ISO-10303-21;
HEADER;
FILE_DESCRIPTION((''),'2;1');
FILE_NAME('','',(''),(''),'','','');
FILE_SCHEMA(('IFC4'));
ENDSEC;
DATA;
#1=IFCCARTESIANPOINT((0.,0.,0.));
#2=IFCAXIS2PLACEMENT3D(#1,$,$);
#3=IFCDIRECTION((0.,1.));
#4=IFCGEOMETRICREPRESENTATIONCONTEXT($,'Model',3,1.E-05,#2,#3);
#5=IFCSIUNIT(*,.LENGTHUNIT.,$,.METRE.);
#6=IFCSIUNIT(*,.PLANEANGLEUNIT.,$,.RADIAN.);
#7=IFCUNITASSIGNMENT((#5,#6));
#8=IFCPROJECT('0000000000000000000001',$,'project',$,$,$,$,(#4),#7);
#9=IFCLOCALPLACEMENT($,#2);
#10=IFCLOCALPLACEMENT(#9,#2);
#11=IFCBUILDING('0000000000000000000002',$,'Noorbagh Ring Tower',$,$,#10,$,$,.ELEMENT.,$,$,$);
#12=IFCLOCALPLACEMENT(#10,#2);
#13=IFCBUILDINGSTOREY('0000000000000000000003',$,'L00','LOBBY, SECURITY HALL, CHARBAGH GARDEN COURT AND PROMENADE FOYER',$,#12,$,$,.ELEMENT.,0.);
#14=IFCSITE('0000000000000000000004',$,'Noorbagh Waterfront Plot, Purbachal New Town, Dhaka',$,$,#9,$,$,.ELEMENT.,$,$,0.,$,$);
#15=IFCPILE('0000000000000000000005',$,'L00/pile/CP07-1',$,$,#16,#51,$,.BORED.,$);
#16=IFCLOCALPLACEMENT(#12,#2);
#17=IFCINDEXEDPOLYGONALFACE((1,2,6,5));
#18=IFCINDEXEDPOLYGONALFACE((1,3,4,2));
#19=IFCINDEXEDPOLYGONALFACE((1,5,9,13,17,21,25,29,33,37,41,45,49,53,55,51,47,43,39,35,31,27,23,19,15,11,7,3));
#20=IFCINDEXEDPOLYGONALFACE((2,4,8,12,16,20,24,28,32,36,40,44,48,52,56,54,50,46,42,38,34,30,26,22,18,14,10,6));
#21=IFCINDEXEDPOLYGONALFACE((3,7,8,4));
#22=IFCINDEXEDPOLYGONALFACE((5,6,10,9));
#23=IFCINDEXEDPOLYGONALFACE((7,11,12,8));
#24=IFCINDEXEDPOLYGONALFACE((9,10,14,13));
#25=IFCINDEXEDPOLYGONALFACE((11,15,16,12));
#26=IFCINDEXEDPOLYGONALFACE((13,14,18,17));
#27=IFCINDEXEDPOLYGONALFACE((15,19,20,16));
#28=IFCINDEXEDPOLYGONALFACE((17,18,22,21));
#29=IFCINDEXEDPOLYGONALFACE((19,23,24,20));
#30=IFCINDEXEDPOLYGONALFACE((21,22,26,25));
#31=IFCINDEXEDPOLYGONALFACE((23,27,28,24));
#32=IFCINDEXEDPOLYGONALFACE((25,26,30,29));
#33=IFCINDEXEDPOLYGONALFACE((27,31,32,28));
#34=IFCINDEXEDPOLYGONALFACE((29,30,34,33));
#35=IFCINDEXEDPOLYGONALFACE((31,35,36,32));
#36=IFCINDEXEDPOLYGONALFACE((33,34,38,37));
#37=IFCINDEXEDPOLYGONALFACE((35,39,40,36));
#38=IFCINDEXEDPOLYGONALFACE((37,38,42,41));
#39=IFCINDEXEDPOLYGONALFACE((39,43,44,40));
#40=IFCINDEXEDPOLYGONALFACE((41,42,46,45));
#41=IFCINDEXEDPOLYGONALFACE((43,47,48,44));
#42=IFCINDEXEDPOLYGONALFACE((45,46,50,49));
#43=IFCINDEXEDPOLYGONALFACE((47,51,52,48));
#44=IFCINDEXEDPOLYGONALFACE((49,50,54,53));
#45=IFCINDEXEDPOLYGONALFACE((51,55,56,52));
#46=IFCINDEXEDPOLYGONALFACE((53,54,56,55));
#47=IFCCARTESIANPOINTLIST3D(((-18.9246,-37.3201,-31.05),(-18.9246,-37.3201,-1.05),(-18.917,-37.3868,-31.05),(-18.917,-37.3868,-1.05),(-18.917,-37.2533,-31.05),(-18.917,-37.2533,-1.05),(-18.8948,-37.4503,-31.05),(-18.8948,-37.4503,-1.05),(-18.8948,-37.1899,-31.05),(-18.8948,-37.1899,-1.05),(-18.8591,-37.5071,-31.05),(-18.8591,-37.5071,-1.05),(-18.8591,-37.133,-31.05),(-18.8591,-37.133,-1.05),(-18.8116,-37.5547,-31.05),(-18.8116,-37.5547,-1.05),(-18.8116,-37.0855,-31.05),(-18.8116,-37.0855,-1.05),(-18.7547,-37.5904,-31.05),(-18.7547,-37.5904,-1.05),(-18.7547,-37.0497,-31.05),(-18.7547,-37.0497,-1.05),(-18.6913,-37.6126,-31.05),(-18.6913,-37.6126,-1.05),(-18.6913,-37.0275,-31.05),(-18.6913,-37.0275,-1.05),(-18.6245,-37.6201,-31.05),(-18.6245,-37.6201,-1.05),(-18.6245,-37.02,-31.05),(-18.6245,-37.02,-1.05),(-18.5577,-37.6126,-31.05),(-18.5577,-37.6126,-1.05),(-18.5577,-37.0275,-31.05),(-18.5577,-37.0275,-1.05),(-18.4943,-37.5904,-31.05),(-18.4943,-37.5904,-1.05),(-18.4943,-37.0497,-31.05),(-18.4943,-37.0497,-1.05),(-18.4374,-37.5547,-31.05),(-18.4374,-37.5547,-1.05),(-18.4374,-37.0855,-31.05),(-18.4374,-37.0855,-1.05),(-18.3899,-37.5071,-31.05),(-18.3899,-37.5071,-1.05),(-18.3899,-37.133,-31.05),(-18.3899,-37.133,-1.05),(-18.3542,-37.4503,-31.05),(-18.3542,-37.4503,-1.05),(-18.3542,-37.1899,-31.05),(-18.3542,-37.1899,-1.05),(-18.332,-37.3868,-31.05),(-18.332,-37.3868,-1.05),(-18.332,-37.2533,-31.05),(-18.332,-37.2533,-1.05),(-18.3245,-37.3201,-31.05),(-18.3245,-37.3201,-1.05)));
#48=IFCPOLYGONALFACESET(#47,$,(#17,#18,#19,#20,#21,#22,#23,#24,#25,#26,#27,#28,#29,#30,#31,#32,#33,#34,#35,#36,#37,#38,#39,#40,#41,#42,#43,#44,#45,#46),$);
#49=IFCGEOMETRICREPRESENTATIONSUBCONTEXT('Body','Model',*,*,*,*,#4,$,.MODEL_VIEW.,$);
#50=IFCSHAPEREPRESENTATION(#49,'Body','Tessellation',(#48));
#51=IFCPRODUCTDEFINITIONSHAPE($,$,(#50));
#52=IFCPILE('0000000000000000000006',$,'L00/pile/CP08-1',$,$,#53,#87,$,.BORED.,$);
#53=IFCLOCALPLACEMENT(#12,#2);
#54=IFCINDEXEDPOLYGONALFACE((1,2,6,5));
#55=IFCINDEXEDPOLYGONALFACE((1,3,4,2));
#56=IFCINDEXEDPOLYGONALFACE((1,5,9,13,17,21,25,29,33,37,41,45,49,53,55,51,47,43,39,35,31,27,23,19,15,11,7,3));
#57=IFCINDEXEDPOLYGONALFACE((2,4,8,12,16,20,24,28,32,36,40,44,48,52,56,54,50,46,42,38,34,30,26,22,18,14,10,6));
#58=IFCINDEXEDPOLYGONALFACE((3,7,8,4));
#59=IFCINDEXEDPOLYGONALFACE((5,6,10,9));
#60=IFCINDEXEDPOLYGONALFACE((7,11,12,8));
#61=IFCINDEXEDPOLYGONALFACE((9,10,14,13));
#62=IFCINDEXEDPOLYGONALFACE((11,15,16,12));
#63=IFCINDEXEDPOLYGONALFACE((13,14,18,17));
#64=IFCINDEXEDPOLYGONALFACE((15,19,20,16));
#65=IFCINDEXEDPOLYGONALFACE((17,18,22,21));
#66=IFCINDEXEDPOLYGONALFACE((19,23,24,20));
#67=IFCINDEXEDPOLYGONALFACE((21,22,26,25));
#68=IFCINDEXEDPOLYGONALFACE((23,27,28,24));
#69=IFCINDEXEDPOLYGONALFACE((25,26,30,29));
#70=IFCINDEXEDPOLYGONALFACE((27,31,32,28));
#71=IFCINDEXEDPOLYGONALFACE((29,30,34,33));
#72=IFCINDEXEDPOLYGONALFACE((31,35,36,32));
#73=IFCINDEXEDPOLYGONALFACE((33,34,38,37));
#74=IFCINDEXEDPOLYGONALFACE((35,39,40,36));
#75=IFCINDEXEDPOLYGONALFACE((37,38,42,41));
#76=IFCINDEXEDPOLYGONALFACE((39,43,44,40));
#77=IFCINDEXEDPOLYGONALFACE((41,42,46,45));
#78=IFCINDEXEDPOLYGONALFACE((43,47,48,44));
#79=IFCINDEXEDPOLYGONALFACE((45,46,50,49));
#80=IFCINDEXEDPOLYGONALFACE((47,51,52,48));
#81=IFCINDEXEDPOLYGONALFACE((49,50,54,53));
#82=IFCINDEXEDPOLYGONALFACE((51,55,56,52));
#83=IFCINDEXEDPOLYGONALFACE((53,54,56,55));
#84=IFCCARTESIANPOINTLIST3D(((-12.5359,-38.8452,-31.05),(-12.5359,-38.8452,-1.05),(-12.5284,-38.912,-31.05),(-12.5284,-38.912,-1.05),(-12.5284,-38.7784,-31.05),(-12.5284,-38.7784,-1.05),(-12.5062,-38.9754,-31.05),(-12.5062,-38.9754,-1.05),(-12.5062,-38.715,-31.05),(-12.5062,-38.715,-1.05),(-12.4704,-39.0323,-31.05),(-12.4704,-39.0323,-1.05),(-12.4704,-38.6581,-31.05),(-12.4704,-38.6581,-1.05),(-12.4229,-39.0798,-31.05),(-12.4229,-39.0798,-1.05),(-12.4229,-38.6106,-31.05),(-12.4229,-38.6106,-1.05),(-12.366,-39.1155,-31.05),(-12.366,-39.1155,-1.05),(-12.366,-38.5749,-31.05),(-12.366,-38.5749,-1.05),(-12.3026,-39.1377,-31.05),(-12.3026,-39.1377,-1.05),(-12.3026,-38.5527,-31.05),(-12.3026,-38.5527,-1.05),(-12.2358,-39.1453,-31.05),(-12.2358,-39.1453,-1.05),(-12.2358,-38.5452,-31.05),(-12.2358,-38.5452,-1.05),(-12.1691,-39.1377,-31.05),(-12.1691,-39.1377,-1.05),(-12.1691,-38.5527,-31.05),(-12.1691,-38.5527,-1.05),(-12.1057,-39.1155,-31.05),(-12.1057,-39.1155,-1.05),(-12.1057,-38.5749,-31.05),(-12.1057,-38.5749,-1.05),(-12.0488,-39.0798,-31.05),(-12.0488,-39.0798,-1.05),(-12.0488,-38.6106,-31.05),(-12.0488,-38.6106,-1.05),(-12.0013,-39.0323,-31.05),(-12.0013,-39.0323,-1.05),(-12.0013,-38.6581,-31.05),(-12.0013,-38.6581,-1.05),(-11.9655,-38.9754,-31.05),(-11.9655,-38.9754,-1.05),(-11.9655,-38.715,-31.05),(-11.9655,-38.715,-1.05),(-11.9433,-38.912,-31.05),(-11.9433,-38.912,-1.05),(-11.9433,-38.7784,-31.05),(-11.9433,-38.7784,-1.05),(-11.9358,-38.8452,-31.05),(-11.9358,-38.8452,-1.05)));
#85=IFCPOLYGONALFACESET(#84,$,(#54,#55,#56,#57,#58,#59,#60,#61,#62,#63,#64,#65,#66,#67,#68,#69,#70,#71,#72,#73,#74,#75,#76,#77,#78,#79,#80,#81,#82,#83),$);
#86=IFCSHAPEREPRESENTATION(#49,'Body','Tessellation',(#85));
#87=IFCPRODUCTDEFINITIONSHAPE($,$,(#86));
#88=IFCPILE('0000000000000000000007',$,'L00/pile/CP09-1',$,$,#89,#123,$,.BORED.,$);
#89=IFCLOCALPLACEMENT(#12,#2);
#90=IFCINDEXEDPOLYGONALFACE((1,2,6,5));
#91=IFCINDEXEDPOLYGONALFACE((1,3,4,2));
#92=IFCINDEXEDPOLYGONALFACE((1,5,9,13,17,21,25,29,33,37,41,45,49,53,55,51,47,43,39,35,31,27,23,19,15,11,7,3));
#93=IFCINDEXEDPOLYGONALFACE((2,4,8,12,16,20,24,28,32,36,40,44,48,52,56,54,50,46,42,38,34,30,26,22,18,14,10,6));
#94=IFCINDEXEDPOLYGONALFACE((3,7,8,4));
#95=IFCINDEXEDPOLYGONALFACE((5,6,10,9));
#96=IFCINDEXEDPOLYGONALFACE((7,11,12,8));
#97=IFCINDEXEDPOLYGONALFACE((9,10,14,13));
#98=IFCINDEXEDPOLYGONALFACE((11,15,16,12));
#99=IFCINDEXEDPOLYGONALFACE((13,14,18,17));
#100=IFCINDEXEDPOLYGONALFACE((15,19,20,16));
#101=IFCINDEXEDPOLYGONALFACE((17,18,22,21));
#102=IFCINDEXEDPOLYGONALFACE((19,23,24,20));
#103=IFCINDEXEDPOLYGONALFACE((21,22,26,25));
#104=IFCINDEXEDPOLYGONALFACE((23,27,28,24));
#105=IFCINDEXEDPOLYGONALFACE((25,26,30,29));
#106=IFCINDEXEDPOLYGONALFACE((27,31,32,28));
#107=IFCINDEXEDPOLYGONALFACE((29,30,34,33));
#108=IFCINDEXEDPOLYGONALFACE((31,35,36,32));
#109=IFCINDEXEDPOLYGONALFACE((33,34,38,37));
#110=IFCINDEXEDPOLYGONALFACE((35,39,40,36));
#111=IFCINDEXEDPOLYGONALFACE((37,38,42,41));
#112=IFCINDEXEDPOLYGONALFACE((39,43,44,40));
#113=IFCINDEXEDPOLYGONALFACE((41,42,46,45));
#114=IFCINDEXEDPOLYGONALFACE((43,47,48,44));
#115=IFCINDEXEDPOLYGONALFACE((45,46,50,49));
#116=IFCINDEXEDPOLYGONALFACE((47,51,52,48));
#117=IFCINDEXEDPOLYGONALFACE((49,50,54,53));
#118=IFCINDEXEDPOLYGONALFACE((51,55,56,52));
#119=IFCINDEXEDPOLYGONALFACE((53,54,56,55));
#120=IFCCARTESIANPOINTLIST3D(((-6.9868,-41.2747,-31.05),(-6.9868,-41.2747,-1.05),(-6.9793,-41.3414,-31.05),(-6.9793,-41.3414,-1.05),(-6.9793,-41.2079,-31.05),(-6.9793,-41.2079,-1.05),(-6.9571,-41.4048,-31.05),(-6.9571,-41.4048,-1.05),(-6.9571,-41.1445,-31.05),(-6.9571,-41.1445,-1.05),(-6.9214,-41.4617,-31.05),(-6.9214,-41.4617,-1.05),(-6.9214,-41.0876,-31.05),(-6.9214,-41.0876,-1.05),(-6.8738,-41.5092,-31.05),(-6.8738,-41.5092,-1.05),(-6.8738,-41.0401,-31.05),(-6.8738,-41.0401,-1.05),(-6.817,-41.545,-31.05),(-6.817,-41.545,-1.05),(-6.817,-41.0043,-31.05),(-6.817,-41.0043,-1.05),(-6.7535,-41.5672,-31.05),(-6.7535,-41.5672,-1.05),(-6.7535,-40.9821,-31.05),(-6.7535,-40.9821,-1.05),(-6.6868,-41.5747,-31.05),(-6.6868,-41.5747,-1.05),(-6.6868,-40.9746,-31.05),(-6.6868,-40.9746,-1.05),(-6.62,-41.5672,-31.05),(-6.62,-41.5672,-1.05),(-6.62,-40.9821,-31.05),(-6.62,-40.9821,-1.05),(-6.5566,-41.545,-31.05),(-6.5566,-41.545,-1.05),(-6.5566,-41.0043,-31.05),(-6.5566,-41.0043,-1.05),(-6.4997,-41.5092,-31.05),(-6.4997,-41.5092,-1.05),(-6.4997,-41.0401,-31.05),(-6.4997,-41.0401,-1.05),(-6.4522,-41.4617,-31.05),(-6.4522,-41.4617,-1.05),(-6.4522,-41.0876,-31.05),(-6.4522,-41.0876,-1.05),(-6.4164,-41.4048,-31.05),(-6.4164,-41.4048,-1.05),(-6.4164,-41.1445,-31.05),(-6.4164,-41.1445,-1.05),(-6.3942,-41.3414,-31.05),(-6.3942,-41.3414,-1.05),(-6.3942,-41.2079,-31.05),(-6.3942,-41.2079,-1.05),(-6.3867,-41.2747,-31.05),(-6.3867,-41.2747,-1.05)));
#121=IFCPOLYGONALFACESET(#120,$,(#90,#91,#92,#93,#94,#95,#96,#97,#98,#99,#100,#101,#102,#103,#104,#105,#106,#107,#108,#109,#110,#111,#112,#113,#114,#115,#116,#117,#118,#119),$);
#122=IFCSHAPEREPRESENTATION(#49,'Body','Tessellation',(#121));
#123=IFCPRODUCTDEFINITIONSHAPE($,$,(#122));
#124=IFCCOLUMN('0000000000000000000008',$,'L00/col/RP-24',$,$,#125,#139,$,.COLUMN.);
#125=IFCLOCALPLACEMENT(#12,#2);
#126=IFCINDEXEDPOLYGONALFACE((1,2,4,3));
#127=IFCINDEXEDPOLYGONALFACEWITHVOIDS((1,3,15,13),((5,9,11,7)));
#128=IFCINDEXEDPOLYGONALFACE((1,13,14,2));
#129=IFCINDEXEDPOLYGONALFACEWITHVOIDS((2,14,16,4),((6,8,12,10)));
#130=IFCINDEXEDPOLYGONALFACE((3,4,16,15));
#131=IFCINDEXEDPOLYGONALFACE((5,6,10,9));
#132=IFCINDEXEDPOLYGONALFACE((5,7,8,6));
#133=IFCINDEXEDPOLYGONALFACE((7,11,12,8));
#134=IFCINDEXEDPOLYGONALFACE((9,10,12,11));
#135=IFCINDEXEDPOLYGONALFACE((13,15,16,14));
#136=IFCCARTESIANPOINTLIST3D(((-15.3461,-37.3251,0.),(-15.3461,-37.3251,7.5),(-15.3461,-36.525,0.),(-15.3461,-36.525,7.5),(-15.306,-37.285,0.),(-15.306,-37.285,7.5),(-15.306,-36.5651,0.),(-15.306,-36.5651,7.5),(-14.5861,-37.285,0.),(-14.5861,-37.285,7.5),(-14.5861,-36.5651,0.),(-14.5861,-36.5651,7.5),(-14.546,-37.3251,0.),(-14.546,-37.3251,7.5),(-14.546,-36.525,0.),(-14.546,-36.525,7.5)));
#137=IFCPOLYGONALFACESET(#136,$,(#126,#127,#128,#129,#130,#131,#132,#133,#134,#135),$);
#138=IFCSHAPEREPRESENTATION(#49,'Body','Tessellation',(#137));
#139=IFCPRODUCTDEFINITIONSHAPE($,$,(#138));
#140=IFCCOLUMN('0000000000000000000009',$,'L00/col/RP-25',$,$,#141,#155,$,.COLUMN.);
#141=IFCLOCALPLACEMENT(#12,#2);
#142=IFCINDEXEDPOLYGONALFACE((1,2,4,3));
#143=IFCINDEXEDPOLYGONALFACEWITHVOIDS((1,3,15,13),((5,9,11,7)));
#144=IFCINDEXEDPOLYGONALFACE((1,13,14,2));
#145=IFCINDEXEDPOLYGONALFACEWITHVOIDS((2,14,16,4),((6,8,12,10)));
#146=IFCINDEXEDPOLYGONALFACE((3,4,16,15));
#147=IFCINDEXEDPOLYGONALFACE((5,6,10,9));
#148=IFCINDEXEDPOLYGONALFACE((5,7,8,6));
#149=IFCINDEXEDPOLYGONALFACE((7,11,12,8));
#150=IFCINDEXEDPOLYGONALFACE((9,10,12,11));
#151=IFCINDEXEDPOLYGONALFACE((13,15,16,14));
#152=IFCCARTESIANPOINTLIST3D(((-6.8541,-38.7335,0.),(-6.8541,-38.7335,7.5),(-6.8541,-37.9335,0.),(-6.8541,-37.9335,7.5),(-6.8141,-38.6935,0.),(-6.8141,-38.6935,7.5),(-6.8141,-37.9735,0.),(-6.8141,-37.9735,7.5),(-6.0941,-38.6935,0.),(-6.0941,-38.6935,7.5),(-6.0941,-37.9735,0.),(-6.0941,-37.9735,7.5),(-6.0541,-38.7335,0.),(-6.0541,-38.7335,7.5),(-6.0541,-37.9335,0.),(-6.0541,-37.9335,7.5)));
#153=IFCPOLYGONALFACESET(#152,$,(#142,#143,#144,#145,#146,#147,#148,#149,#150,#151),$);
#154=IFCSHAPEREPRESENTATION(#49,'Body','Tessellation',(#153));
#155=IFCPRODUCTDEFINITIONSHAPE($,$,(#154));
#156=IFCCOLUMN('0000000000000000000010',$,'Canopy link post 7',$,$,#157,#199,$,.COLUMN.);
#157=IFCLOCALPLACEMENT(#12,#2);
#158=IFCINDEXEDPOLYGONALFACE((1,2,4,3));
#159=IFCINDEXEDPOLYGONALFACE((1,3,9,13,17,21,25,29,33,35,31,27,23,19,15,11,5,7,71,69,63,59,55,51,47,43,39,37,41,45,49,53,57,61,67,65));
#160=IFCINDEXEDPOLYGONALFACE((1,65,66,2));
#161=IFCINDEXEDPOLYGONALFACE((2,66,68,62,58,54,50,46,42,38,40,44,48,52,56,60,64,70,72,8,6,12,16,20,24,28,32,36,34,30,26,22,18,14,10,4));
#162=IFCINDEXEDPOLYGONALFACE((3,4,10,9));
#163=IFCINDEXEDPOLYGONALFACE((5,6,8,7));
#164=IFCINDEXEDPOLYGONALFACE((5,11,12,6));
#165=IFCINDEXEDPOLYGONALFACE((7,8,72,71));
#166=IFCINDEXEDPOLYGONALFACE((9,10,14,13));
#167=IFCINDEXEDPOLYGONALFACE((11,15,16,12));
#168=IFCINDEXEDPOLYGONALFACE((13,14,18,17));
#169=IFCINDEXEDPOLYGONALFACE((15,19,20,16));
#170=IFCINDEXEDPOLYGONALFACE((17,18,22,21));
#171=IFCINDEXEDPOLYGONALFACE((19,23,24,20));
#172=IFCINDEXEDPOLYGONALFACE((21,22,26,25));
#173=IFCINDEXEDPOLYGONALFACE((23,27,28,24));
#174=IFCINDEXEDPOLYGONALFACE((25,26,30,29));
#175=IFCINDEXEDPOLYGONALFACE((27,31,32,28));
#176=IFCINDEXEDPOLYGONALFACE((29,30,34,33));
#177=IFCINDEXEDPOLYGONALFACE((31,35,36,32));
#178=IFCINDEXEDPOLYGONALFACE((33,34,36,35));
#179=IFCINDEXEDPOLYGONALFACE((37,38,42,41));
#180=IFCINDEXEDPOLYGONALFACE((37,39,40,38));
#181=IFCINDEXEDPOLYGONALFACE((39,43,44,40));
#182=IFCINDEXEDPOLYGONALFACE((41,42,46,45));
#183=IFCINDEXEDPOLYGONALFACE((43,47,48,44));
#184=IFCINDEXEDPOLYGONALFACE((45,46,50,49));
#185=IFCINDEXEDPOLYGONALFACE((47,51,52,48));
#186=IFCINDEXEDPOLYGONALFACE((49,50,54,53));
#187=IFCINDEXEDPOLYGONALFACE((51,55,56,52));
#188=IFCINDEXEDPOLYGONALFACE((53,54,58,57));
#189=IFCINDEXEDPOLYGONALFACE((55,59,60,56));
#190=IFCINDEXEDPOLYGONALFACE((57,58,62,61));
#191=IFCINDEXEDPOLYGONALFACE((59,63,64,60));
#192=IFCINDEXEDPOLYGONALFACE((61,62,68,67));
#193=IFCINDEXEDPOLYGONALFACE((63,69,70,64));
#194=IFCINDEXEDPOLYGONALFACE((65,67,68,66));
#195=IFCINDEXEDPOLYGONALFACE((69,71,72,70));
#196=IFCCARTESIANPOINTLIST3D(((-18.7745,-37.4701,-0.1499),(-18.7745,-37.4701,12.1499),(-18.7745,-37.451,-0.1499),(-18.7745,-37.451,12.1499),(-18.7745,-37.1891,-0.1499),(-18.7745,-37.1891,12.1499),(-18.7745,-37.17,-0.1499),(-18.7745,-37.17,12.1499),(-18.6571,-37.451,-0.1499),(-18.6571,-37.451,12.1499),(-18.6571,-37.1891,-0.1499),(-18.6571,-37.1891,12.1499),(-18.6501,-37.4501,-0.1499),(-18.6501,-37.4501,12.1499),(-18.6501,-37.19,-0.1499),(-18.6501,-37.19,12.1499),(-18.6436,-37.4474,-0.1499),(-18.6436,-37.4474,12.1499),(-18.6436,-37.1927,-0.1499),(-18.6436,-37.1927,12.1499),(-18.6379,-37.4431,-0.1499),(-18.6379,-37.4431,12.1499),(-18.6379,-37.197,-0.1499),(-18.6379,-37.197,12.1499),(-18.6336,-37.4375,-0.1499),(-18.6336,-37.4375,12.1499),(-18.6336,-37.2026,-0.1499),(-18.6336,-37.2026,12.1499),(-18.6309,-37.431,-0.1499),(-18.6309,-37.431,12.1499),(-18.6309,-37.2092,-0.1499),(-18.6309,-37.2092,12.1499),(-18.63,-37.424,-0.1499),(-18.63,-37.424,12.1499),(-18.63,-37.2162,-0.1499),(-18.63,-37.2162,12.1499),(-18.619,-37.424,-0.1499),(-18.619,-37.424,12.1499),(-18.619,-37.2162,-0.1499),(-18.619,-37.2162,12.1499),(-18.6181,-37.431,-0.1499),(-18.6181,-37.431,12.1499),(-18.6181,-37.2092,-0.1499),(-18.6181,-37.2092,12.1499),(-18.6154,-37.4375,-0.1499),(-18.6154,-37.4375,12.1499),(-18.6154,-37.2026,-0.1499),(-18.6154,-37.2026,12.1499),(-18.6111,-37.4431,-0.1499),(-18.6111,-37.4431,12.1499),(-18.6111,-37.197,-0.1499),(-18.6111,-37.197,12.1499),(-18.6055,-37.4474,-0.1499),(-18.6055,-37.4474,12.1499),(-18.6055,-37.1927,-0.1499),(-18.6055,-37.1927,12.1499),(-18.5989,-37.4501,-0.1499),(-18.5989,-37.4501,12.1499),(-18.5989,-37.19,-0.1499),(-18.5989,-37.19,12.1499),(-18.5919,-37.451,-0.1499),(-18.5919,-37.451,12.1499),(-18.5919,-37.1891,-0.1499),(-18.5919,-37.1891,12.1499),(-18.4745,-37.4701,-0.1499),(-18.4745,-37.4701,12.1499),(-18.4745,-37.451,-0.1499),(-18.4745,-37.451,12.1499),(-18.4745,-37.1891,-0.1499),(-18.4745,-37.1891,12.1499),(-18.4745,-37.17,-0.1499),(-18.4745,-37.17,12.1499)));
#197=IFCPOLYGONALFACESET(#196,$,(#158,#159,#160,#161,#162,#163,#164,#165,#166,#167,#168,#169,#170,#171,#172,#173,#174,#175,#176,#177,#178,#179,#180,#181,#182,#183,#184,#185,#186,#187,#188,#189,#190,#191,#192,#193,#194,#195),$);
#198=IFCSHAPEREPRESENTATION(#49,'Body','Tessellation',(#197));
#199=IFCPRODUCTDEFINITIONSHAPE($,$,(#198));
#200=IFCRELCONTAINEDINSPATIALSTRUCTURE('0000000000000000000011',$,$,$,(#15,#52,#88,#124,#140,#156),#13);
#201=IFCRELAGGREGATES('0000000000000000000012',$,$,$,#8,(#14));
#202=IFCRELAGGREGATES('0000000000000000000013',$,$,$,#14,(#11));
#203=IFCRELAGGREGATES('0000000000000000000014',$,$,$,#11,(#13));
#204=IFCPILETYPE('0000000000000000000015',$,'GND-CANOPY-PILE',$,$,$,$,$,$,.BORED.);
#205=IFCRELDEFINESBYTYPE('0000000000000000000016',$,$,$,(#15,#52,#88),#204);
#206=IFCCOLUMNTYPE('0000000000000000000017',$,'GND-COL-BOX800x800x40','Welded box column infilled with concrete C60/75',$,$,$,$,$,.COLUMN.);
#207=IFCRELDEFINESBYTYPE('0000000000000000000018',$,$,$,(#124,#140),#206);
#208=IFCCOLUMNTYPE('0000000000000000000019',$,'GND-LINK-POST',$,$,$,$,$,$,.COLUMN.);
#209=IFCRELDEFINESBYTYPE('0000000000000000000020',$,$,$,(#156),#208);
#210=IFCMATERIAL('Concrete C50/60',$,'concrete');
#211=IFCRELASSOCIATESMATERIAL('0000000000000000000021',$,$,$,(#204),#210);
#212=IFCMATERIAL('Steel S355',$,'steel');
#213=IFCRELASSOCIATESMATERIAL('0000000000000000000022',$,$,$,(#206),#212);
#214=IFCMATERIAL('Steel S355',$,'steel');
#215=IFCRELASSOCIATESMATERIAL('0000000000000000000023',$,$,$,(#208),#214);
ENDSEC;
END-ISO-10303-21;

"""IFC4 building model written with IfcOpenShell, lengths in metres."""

from ifc_helpers import new_model, si_unit, direction, frame, origin, origin_2d, place, context, subcontext, project, spatial, hollow_rectangle, circle, i_section, extrude, material, material_profile, profile_set, type_object, element, save


model = new_model("IFC4")

# Units and contexts
model_context = context("Model", 3, precision=1e-05, world=origin(), true_north=direction((0.0, 1.0)))
body_context = subcontext(model_context, "Body", "Model", "MODEL_VIEW")
ifc_project = project(units=[si_unit("LENGTHUNIT", "METRE"), si_unit("PLANEANGLEUNIT", "RADIAN")], contexts=[model_context])

# Site, building, storey
site_placement = place(None, origin())
site = spatial("IfcSite", under=ifc_project, at=site_placement, Name="Noorbagh Waterfront Plot, Purbachal New Town, Dhaka", CompositionType="ELEMENT", RefElevation=0.0)
building_placement = place(site_placement, origin())
building = spatial("IfcBuilding", under=site, at=building_placement, Name="Noorbagh Ring Tower", CompositionType="ELEMENT")
storey_placement = place(building_placement, origin())
storey = spatial("IfcBuildingStorey", under=building, at=storey_placement, Name="L00", Description="LOBBY, SECURITY HALL, CHARBAGH GARDEN COURT AND PROMENADE FOYER", CompositionType="ELEMENT", Elevation=0.0)

# Piles
ifc_material_1 = material(Name="Concrete C50/60", Category="concrete")
ifc_material_profile_1 = material_profile(ifc_material_1, circle(Radius=0.3, at=origin_2d()), Name="PILE600")
ifc_profile_set_1 = profile_set([ifc_material_profile_1], Name="Concrete C50/60")
pile_type = type_object("IfcPileType", Name="GND-CANOPY-PILE", PredefinedType="BORED", material=ifc_profile_set_1)
for number, where, z_axis, x_axis, name in (
    (1, (-18.6245, -37.3201, -1.05), (0.0, 0.0, -1.0), (1.0, 0.0, 0.0), "L00/pile/CP07-1"),
    (2, (-12.2358, -38.8452, -1.05), (0.0, 0.0, -1.0), (1.0, 0.0, 0.0), "L00/pile/CP08-1"),
    (3, (-6.6868, -41.2747, -1.05), (0.0, 0.0, -1.0), (1.0, 0.0, 0.0), "L00/pile/CP09-1"),
):
    element("IfcPile", number, at=place(storey_placement, frame(where, z_axis=z_axis, x_axis=x_axis)), inside=storey, type_object=pile_type, Name=name, PredefinedType="BORED", context=body_context, shape_type="SweptSolid", body=[
        extrude(circle(Radius=0.3, at=origin_2d()), origin(), (0.0, 0.0, 1.0), 30.0),
    ])

# Columns
ifc_material_2 = material(Name="Steel S355", Category="steel")
ifc_material_profile_2 = material_profile(ifc_material_2, hollow_rectangle(XDim=0.8, YDim=0.8, WallThickness=0.04, at=origin_2d()), Name="BOX800x800x40")
ifc_profile_set_2 = profile_set([ifc_material_profile_2], Name="Steel S355")
column_type_1 = type_object("IfcColumnType", Name="GND-COL-BOX800x800x40", Description="Welded box column infilled with concrete C60/75", PredefinedType="COLUMN", material=ifc_profile_set_2)
for number, where, z_axis, x_axis, name in (
    (4, (-14.946, -36.925, 0.0), (0.0, 0.0, 1.0), (1.0, 0.0, 0.0), "L00/col/RP-24"),
    (5, (-6.4541, -38.3335, 0.0), (0.0, 0.0, 1.0), (1.0, 0.0, 0.0), "L00/col/RP-25"),
):
    element("IfcColumn", number, at=place(storey_placement, frame(where, z_axis=z_axis, x_axis=x_axis)), inside=storey, type_object=column_type_1, Name=name, PredefinedType="COLUMN", context=body_context, shape_type="SweptSolid", body=[
        extrude(hollow_rectangle(XDim=0.8, YDim=0.8, WallThickness=0.04, at=origin_2d()), origin(), (0.0, 0.0, 1.0), 7.5),
    ])
ifc_material_3 = material(Name="Steel S355", Category="steel")
ifc_material_profile_3 = material_profile(ifc_material_3, i_section(OverallWidth=0.3, OverallDepth=0.3, WebThickness=0.011, FlangeThickness=0.019, FilletRadius=0.0271, at=origin_2d()), Name="HEB300")
ifc_profile_set_3 = profile_set([ifc_material_profile_3], Name="Steel S355")
column_type_2 = type_object("IfcColumnType", Name="GND-LINK-POST", PredefinedType="COLUMN", material=ifc_profile_set_3)
for number, where, z_axis, x_axis, name in (
    (6, (-18.6245, -37.3201, -0.1499), (0.0, 0.0, 1.0), (1.0, 0.0, 0.0), "Canopy link post 7"),
):
    element("IfcColumn", number, at=place(storey_placement, frame(where, z_axis=z_axis, x_axis=x_axis)), inside=storey, type_object=column_type_2, Name=name, PredefinedType="COLUMN", context=body_context, shape_type="SweptSolid", body=[
        extrude(i_section(OverallWidth=0.3, OverallDepth=0.3, WebThickness=0.011, FlangeThickness=0.019, FilletRadius=0.0271, at=origin_2d()), origin(), (0.0, 0.0, 1.0), 12.2998),
    ])

save(model, "model.ifc")
